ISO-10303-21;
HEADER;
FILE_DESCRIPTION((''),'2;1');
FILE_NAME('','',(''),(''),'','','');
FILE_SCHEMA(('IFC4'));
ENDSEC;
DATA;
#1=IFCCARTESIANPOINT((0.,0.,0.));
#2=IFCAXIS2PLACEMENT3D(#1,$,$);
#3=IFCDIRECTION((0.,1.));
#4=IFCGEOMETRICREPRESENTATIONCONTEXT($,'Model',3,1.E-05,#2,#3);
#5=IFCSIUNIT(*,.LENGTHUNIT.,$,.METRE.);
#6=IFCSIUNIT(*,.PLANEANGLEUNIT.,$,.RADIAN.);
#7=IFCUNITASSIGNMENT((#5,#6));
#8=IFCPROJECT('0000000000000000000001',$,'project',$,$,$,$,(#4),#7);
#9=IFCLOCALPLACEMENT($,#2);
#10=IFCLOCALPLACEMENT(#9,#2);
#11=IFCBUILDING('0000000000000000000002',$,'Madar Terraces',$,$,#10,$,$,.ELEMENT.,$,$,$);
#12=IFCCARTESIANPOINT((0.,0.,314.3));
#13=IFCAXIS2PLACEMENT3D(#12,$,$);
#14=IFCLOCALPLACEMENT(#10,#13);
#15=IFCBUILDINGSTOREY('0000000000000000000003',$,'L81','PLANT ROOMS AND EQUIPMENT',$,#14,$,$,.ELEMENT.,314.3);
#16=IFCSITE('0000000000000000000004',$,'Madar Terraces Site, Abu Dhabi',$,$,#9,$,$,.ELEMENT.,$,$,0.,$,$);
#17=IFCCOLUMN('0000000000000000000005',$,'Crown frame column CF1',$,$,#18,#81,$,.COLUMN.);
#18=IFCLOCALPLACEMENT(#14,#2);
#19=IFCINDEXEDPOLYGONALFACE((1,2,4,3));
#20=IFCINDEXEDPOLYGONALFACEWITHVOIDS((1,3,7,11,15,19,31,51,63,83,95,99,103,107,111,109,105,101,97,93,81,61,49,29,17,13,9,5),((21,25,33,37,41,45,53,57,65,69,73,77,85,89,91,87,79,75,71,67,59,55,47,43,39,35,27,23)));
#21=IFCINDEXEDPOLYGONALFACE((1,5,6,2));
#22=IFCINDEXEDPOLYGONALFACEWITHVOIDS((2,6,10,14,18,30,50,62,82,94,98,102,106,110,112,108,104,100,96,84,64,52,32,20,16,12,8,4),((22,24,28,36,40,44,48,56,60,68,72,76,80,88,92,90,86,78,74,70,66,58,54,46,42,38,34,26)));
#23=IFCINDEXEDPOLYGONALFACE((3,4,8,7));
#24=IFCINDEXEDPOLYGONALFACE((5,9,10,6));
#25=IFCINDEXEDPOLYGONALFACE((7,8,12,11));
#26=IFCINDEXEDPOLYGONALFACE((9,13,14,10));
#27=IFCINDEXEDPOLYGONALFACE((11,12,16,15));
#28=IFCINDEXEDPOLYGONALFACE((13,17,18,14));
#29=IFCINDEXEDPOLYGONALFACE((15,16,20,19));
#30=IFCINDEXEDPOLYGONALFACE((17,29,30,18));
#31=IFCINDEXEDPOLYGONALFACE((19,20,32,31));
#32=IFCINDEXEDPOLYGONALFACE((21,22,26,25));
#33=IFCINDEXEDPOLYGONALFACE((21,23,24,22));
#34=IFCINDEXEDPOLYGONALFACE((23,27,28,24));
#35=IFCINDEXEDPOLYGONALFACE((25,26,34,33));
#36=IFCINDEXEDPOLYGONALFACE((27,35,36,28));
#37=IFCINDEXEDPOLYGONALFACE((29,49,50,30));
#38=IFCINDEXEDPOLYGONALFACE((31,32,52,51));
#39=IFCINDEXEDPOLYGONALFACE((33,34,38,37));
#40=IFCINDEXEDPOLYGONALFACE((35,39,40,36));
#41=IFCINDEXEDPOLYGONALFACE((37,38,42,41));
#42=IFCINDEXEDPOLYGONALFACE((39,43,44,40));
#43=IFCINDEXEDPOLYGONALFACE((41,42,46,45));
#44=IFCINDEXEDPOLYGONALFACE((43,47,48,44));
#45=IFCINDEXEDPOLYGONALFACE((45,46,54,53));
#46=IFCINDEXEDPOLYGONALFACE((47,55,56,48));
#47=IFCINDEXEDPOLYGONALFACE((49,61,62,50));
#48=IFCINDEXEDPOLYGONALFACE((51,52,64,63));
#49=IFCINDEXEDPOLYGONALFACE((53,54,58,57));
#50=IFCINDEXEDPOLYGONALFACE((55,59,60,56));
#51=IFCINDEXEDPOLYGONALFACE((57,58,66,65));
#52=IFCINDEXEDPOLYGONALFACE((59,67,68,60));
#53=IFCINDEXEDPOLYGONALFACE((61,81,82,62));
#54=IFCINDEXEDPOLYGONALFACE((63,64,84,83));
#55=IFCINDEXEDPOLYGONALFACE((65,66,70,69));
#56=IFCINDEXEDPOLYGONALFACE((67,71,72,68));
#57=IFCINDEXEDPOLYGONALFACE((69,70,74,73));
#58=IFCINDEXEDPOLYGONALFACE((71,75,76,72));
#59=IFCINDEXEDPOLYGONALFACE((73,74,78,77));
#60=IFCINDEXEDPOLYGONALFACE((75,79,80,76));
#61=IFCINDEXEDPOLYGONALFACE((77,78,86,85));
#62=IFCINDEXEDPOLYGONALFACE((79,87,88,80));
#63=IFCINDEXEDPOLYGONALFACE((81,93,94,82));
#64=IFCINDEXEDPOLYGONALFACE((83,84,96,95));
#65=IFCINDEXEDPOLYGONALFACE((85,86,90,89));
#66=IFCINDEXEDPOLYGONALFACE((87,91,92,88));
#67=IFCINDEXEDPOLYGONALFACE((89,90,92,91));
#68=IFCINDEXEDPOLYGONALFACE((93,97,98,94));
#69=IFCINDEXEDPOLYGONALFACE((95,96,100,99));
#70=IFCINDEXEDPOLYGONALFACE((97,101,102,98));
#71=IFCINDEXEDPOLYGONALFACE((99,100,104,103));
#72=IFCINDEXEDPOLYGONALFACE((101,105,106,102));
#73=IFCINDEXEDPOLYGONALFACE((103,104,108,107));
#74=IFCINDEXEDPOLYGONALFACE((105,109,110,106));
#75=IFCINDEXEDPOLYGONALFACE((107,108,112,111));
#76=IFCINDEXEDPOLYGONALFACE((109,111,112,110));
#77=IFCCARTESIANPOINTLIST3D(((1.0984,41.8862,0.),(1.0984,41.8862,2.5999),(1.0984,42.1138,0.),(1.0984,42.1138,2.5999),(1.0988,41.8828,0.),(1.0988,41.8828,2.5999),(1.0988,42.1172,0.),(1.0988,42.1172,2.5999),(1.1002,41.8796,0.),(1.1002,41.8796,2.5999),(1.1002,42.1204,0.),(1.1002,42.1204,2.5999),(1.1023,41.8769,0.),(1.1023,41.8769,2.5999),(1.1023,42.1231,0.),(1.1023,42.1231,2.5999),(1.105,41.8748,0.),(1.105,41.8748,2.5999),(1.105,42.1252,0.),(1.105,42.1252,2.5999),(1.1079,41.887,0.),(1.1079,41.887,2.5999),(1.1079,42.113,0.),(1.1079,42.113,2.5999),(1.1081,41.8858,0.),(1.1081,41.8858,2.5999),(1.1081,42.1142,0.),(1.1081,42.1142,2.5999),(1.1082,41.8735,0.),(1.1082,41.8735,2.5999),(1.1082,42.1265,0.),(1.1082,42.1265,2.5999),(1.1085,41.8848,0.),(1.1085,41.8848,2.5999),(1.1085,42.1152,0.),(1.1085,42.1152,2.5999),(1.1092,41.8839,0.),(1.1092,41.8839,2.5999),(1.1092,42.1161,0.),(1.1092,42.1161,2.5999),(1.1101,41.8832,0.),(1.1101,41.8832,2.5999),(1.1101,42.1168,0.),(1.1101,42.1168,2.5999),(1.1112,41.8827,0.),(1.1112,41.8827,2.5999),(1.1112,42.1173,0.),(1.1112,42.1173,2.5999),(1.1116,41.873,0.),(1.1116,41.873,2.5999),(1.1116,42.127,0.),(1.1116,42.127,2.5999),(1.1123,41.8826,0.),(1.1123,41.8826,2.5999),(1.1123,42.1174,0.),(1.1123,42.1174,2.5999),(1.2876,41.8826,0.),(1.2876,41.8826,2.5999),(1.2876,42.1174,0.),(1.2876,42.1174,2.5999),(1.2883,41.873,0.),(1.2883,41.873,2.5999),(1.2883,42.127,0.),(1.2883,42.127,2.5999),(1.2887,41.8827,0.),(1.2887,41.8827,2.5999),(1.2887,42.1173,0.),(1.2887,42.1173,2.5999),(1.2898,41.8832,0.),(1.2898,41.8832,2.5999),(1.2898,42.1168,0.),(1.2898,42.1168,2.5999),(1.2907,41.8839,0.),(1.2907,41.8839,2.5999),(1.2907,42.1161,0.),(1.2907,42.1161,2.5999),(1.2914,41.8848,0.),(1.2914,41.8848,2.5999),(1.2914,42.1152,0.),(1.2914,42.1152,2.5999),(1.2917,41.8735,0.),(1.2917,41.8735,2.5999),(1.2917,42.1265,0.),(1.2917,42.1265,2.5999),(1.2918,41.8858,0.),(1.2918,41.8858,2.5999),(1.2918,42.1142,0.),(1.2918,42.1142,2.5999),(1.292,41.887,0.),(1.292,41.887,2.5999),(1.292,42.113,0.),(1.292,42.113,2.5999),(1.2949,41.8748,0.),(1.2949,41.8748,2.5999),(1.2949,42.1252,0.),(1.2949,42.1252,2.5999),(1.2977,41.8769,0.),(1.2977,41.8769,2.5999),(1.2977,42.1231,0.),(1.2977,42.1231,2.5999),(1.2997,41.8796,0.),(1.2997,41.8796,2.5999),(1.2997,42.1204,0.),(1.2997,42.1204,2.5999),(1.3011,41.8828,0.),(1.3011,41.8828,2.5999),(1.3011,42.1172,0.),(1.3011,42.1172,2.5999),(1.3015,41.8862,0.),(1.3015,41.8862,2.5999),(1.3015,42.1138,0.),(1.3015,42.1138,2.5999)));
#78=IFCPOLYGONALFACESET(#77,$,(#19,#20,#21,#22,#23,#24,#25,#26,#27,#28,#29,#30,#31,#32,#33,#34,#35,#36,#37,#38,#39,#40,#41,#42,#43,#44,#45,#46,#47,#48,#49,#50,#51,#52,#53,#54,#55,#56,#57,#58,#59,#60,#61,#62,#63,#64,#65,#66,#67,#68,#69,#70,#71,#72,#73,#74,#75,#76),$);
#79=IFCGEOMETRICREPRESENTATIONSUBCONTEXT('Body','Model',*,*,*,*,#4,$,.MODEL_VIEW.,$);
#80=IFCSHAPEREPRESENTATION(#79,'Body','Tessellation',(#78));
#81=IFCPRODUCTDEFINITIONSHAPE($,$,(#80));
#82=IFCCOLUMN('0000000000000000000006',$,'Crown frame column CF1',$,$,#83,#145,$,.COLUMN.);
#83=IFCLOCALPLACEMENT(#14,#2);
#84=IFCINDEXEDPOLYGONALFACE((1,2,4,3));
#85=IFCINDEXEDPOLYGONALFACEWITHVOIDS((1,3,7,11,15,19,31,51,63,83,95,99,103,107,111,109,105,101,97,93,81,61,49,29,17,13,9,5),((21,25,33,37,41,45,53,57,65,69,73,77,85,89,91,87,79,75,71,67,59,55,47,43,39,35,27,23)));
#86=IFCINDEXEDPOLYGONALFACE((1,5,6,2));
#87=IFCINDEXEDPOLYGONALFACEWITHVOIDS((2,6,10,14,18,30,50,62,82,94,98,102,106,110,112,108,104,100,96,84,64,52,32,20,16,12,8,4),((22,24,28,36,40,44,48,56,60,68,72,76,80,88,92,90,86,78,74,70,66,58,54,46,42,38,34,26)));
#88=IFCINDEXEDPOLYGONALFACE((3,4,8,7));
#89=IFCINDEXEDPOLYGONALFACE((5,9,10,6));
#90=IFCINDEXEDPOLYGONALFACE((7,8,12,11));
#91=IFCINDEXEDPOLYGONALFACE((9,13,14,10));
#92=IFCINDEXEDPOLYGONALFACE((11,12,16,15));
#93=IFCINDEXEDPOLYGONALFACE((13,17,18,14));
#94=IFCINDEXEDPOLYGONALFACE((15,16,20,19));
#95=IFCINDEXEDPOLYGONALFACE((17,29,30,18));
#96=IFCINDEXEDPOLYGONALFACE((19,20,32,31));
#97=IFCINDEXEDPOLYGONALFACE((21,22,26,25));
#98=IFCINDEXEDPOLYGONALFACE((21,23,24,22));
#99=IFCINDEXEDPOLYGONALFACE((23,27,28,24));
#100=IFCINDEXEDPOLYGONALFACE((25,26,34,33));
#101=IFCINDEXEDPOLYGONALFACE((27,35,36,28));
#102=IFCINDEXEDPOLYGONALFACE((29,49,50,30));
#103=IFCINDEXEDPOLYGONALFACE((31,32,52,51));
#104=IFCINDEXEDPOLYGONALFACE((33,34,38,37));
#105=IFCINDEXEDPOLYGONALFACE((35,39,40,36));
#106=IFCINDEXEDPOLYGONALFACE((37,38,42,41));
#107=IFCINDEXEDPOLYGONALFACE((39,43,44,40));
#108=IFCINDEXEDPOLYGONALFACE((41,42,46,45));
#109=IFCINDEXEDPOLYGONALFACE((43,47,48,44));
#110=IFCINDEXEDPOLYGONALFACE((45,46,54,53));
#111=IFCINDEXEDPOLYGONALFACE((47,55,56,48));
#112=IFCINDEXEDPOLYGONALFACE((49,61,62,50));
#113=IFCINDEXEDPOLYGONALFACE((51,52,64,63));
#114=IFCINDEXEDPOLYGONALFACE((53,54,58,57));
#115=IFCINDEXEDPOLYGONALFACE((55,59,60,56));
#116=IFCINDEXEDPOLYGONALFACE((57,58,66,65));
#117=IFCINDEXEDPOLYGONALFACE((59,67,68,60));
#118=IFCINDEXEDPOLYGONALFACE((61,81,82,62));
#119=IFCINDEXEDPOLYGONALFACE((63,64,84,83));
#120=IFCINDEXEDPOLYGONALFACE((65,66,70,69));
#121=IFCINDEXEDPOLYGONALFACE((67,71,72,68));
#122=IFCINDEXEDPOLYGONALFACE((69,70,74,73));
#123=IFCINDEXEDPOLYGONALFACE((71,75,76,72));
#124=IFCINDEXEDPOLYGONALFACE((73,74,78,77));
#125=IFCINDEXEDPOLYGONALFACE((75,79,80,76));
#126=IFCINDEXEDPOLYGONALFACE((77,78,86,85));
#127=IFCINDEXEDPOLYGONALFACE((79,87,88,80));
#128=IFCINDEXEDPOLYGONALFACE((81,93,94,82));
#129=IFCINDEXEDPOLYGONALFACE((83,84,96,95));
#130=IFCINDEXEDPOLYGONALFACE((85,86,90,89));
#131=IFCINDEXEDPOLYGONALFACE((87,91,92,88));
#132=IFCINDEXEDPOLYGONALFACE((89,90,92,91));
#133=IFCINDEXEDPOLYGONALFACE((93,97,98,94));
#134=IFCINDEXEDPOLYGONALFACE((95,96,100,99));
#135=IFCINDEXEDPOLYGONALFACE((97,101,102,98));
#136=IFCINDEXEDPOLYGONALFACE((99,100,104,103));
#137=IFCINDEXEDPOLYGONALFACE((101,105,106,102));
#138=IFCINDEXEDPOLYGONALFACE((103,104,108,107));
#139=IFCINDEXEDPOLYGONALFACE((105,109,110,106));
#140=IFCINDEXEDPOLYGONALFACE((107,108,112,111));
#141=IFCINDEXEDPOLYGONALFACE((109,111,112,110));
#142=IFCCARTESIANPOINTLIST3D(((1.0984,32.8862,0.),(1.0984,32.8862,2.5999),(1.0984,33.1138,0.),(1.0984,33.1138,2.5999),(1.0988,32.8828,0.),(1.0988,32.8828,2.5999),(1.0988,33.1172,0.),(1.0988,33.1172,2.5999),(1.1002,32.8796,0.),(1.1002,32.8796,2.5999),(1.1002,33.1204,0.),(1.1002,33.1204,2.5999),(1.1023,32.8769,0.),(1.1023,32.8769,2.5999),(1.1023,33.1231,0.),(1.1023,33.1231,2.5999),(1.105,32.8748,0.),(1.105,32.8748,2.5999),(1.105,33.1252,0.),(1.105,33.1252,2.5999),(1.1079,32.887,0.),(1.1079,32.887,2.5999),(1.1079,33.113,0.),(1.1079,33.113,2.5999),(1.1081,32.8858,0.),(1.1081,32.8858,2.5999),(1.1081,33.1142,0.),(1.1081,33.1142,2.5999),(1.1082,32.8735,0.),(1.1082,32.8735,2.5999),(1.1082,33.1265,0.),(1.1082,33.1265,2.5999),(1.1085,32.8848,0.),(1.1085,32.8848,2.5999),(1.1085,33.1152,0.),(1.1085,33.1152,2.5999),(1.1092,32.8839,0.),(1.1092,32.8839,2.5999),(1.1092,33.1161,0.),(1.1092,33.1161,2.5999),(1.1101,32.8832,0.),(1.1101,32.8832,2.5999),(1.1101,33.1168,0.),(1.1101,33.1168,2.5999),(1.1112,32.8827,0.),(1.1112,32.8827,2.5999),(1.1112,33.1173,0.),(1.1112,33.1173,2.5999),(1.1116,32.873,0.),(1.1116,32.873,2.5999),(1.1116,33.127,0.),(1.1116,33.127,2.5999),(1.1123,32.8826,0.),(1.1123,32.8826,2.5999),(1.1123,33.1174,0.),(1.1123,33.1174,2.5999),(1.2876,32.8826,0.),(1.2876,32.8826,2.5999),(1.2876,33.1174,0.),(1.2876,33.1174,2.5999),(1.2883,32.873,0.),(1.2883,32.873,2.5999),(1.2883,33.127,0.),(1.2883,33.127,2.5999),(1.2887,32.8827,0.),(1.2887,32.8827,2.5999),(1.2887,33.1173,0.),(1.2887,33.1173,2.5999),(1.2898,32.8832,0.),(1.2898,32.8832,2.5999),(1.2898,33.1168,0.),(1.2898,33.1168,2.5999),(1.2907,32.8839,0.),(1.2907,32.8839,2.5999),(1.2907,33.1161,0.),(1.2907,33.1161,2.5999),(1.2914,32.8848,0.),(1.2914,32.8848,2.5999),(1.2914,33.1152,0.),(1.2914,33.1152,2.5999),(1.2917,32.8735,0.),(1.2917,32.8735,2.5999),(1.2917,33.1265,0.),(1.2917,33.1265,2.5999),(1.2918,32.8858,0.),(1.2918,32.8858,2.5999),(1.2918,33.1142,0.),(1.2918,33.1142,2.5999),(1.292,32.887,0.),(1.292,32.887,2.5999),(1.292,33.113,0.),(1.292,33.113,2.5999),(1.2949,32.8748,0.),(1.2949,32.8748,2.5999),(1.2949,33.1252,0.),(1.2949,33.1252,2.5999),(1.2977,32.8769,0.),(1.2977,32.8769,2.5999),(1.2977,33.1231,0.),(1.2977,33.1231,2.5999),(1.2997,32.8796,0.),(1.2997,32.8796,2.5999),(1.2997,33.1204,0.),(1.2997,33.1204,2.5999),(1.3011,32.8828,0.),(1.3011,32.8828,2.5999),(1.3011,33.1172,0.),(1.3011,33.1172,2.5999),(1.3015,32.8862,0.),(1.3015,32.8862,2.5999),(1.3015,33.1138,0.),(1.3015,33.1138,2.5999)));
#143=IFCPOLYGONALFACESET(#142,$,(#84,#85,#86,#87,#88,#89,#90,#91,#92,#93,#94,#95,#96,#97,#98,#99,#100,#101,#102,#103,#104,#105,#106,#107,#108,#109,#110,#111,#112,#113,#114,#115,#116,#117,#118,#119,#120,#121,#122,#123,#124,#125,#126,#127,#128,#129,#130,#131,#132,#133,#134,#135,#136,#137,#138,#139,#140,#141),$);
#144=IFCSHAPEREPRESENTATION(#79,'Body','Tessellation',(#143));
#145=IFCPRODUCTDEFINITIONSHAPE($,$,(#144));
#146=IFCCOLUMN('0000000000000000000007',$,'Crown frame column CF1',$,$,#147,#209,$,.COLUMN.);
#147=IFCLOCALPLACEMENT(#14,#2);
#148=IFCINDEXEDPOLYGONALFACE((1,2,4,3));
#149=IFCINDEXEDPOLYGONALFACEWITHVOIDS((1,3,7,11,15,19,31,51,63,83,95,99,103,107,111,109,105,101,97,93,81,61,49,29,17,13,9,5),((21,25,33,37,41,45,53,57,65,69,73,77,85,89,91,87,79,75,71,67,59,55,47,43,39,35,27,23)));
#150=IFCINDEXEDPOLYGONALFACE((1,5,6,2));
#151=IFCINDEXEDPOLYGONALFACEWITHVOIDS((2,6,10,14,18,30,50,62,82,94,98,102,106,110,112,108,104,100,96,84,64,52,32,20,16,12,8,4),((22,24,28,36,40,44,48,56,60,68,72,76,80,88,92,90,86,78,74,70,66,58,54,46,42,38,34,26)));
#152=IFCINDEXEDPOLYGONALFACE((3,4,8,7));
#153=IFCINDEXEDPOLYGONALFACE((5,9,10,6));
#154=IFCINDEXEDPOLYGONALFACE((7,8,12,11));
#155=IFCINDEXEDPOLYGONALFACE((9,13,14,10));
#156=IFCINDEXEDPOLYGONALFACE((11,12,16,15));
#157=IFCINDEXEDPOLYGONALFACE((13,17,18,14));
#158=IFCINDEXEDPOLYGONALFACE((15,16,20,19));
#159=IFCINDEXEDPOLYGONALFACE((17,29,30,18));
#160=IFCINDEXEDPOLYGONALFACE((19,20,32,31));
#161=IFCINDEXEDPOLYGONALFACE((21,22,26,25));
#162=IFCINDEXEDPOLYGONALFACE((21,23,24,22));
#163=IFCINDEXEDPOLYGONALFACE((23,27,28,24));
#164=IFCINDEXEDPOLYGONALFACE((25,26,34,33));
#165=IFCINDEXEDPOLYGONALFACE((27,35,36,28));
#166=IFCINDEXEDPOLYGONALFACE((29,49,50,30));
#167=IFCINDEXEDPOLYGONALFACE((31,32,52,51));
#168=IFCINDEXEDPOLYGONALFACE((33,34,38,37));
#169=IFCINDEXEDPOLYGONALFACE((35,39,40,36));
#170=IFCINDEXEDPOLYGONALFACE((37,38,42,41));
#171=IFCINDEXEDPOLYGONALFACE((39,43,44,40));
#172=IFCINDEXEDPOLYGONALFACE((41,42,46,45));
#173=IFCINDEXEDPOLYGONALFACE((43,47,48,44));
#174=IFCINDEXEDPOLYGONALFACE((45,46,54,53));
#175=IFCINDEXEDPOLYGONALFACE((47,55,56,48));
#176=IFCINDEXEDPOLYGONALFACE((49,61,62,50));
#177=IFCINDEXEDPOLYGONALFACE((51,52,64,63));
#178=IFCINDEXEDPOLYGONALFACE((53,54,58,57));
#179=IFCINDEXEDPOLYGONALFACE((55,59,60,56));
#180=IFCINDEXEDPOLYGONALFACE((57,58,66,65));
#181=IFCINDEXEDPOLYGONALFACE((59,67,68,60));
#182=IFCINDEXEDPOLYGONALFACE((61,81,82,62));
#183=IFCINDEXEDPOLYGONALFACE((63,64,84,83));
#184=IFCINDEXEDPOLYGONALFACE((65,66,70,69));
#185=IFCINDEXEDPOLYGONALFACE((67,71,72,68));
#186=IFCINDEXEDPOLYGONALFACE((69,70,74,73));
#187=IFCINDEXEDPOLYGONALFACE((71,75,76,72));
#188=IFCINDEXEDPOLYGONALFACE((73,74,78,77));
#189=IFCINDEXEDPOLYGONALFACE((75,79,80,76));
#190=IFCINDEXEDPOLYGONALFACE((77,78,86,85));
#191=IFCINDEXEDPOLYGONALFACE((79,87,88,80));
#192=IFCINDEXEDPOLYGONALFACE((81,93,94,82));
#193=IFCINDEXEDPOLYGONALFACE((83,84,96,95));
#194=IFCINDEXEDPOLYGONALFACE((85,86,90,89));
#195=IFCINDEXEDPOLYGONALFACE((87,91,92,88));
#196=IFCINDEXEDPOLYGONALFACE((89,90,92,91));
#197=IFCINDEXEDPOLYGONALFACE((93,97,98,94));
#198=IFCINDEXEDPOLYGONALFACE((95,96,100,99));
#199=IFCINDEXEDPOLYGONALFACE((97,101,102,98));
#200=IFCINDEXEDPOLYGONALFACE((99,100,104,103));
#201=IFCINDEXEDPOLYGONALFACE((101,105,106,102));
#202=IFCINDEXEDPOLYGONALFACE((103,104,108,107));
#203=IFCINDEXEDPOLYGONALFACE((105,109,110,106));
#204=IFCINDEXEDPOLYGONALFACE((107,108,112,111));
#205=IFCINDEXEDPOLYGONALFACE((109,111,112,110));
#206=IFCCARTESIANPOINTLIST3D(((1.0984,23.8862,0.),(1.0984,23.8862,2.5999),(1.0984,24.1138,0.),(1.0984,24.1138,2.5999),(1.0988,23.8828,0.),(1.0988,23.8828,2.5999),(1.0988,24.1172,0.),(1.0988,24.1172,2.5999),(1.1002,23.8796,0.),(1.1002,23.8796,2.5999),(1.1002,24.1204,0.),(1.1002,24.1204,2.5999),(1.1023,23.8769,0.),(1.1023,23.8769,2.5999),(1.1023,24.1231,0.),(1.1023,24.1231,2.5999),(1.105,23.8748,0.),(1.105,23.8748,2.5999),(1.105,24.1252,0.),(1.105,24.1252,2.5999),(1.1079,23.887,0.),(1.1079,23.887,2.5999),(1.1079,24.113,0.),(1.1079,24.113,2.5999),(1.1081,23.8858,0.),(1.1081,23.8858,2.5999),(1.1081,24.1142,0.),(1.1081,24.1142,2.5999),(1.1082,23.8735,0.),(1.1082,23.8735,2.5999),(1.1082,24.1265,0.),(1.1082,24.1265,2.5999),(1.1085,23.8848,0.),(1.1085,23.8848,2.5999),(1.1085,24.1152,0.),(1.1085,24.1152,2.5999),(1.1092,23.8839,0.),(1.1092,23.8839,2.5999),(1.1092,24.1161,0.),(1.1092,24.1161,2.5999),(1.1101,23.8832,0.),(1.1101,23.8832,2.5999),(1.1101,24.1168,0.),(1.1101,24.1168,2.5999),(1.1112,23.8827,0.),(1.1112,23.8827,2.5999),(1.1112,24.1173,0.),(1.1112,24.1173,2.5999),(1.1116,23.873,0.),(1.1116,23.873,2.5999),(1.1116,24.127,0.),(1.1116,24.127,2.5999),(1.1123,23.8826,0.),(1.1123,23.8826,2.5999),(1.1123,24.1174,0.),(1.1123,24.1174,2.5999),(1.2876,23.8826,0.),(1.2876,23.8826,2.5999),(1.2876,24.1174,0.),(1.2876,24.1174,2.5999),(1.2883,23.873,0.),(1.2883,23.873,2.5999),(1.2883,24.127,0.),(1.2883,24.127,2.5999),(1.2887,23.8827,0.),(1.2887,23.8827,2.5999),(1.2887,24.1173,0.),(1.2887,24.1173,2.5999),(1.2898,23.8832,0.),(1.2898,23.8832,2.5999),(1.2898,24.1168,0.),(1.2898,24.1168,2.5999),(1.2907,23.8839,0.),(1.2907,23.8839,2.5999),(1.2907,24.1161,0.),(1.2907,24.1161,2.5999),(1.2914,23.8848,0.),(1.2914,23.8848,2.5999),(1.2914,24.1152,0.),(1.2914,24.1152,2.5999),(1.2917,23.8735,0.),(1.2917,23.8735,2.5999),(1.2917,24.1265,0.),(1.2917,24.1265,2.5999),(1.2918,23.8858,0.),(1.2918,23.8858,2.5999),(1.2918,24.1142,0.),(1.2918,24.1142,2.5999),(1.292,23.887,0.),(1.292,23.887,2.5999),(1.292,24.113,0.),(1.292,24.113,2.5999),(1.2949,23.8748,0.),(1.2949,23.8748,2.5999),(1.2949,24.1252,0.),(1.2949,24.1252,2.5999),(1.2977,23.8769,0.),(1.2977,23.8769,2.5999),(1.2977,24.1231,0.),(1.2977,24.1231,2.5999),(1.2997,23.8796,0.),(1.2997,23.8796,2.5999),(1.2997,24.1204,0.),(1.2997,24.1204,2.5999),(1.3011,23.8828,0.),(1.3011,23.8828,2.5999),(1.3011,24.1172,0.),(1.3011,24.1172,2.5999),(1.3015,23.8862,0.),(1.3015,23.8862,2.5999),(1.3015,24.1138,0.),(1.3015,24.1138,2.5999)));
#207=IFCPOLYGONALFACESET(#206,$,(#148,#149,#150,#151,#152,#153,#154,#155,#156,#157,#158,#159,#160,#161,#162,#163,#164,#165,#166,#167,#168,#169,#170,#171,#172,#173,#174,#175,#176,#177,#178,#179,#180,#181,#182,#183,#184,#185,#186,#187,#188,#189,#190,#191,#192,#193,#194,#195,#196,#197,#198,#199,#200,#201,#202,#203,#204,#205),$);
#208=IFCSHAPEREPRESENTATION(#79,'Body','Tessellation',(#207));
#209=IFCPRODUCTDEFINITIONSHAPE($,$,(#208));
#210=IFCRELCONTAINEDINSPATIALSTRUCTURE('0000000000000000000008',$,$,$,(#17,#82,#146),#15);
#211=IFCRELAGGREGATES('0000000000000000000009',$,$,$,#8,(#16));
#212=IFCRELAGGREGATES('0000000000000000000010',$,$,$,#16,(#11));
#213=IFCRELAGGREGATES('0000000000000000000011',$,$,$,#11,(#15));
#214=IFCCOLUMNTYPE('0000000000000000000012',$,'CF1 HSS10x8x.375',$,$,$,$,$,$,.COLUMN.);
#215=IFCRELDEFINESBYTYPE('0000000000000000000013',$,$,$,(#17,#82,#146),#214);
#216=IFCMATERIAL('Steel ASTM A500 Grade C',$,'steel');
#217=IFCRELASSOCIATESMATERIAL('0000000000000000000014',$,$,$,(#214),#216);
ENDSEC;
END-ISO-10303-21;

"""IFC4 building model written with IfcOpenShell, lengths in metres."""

from ifc_helpers import new_model, si_unit, direction, frame, origin, origin_2d, place, context, subcontext, project, spatial, hollow_rectangle, extrude, material, material_profile, profile_set, type_object, element, save


model = new_model("IFC4")

# Units and contexts
model_context = context("Model", 3, precision=1e-05, world=origin(), true_north=direction((0.0, 1.0)))
body_context = subcontext(model_context, "Body", "Model", "MODEL_VIEW")
ifc_project = project(units=[si_unit("LENGTHUNIT", "METRE"), si_unit("PLANEANGLEUNIT", "RADIAN")], contexts=[model_context])

# Site, building, storey
site_placement = place(None, origin())
site = spatial("IfcSite", under=ifc_project, at=site_placement, Name="Madar Terraces Site, Abu Dhabi", CompositionType="ELEMENT", RefElevation=0.0)
building_placement = place(site_placement, origin())
building = spatial("IfcBuilding", under=site, at=building_placement, Name="Madar Terraces", CompositionType="ELEMENT")
storey_placement = place(building_placement, frame((0.0, 0.0, 314.3)))
storey = spatial("IfcBuildingStorey", under=building, at=storey_placement, Name="L81", Description="PLANT ROOMS AND EQUIPMENT", CompositionType="ELEMENT", Elevation=314.3)

# Columns
ifc_material_1 = material(Name="Steel ASTM A500 Grade C", Category="steel")
ifc_material_profile_1 = material_profile(ifc_material_1, hollow_rectangle(XDim=0.2031, YDim=0.2539, WallThickness=0.0095, InnerFilletRadius=0.0044, OuterFilletRadius=0.0132, at=origin_2d()), Name="HSS10x8x.375")
ifc_profile_set_1 = profile_set([ifc_material_profile_1], Name="Steel ASTM A500 Grade C")
column_type = type_object("IfcColumnType", Name="CF1 HSS10x8x.375", PredefinedType="COLUMN", material=ifc_profile_set_1)
for number, where, z_axis, x_axis, name in (
    (1, (1.2, 42.0, 0.0), (0.0, 0.0, 1.0), (1.0, 0.0, 0.0), "Crown frame column CF1"),
    (2, (1.2, 33.0, 0.0), (0.0, 0.0, 1.0), (1.0, 0.0, 0.0), "Crown frame column CF1"),
    (3, (1.2, 24.0, 0.0), (0.0, 0.0, 1.0), (1.0, 0.0, 0.0), "Crown frame column CF1"),
):
    element("IfcColumn", number, at=place(storey_placement, frame(where, z_axis=z_axis, x_axis=x_axis)), inside=storey, type_object=column_type, Name=name, PredefinedType="COLUMN", context=body_context, shape_type="SweptSolid", body=[
        extrude(hollow_rectangle(XDim=0.2031, YDim=0.2539, WallThickness=0.0095, InnerFilletRadius=0.0044, OuterFilletRadius=0.0132, at=origin_2d()), origin(), (0.0, 0.0, 1.0), 2.5999),
    ])

save(model, "model.ifc")
